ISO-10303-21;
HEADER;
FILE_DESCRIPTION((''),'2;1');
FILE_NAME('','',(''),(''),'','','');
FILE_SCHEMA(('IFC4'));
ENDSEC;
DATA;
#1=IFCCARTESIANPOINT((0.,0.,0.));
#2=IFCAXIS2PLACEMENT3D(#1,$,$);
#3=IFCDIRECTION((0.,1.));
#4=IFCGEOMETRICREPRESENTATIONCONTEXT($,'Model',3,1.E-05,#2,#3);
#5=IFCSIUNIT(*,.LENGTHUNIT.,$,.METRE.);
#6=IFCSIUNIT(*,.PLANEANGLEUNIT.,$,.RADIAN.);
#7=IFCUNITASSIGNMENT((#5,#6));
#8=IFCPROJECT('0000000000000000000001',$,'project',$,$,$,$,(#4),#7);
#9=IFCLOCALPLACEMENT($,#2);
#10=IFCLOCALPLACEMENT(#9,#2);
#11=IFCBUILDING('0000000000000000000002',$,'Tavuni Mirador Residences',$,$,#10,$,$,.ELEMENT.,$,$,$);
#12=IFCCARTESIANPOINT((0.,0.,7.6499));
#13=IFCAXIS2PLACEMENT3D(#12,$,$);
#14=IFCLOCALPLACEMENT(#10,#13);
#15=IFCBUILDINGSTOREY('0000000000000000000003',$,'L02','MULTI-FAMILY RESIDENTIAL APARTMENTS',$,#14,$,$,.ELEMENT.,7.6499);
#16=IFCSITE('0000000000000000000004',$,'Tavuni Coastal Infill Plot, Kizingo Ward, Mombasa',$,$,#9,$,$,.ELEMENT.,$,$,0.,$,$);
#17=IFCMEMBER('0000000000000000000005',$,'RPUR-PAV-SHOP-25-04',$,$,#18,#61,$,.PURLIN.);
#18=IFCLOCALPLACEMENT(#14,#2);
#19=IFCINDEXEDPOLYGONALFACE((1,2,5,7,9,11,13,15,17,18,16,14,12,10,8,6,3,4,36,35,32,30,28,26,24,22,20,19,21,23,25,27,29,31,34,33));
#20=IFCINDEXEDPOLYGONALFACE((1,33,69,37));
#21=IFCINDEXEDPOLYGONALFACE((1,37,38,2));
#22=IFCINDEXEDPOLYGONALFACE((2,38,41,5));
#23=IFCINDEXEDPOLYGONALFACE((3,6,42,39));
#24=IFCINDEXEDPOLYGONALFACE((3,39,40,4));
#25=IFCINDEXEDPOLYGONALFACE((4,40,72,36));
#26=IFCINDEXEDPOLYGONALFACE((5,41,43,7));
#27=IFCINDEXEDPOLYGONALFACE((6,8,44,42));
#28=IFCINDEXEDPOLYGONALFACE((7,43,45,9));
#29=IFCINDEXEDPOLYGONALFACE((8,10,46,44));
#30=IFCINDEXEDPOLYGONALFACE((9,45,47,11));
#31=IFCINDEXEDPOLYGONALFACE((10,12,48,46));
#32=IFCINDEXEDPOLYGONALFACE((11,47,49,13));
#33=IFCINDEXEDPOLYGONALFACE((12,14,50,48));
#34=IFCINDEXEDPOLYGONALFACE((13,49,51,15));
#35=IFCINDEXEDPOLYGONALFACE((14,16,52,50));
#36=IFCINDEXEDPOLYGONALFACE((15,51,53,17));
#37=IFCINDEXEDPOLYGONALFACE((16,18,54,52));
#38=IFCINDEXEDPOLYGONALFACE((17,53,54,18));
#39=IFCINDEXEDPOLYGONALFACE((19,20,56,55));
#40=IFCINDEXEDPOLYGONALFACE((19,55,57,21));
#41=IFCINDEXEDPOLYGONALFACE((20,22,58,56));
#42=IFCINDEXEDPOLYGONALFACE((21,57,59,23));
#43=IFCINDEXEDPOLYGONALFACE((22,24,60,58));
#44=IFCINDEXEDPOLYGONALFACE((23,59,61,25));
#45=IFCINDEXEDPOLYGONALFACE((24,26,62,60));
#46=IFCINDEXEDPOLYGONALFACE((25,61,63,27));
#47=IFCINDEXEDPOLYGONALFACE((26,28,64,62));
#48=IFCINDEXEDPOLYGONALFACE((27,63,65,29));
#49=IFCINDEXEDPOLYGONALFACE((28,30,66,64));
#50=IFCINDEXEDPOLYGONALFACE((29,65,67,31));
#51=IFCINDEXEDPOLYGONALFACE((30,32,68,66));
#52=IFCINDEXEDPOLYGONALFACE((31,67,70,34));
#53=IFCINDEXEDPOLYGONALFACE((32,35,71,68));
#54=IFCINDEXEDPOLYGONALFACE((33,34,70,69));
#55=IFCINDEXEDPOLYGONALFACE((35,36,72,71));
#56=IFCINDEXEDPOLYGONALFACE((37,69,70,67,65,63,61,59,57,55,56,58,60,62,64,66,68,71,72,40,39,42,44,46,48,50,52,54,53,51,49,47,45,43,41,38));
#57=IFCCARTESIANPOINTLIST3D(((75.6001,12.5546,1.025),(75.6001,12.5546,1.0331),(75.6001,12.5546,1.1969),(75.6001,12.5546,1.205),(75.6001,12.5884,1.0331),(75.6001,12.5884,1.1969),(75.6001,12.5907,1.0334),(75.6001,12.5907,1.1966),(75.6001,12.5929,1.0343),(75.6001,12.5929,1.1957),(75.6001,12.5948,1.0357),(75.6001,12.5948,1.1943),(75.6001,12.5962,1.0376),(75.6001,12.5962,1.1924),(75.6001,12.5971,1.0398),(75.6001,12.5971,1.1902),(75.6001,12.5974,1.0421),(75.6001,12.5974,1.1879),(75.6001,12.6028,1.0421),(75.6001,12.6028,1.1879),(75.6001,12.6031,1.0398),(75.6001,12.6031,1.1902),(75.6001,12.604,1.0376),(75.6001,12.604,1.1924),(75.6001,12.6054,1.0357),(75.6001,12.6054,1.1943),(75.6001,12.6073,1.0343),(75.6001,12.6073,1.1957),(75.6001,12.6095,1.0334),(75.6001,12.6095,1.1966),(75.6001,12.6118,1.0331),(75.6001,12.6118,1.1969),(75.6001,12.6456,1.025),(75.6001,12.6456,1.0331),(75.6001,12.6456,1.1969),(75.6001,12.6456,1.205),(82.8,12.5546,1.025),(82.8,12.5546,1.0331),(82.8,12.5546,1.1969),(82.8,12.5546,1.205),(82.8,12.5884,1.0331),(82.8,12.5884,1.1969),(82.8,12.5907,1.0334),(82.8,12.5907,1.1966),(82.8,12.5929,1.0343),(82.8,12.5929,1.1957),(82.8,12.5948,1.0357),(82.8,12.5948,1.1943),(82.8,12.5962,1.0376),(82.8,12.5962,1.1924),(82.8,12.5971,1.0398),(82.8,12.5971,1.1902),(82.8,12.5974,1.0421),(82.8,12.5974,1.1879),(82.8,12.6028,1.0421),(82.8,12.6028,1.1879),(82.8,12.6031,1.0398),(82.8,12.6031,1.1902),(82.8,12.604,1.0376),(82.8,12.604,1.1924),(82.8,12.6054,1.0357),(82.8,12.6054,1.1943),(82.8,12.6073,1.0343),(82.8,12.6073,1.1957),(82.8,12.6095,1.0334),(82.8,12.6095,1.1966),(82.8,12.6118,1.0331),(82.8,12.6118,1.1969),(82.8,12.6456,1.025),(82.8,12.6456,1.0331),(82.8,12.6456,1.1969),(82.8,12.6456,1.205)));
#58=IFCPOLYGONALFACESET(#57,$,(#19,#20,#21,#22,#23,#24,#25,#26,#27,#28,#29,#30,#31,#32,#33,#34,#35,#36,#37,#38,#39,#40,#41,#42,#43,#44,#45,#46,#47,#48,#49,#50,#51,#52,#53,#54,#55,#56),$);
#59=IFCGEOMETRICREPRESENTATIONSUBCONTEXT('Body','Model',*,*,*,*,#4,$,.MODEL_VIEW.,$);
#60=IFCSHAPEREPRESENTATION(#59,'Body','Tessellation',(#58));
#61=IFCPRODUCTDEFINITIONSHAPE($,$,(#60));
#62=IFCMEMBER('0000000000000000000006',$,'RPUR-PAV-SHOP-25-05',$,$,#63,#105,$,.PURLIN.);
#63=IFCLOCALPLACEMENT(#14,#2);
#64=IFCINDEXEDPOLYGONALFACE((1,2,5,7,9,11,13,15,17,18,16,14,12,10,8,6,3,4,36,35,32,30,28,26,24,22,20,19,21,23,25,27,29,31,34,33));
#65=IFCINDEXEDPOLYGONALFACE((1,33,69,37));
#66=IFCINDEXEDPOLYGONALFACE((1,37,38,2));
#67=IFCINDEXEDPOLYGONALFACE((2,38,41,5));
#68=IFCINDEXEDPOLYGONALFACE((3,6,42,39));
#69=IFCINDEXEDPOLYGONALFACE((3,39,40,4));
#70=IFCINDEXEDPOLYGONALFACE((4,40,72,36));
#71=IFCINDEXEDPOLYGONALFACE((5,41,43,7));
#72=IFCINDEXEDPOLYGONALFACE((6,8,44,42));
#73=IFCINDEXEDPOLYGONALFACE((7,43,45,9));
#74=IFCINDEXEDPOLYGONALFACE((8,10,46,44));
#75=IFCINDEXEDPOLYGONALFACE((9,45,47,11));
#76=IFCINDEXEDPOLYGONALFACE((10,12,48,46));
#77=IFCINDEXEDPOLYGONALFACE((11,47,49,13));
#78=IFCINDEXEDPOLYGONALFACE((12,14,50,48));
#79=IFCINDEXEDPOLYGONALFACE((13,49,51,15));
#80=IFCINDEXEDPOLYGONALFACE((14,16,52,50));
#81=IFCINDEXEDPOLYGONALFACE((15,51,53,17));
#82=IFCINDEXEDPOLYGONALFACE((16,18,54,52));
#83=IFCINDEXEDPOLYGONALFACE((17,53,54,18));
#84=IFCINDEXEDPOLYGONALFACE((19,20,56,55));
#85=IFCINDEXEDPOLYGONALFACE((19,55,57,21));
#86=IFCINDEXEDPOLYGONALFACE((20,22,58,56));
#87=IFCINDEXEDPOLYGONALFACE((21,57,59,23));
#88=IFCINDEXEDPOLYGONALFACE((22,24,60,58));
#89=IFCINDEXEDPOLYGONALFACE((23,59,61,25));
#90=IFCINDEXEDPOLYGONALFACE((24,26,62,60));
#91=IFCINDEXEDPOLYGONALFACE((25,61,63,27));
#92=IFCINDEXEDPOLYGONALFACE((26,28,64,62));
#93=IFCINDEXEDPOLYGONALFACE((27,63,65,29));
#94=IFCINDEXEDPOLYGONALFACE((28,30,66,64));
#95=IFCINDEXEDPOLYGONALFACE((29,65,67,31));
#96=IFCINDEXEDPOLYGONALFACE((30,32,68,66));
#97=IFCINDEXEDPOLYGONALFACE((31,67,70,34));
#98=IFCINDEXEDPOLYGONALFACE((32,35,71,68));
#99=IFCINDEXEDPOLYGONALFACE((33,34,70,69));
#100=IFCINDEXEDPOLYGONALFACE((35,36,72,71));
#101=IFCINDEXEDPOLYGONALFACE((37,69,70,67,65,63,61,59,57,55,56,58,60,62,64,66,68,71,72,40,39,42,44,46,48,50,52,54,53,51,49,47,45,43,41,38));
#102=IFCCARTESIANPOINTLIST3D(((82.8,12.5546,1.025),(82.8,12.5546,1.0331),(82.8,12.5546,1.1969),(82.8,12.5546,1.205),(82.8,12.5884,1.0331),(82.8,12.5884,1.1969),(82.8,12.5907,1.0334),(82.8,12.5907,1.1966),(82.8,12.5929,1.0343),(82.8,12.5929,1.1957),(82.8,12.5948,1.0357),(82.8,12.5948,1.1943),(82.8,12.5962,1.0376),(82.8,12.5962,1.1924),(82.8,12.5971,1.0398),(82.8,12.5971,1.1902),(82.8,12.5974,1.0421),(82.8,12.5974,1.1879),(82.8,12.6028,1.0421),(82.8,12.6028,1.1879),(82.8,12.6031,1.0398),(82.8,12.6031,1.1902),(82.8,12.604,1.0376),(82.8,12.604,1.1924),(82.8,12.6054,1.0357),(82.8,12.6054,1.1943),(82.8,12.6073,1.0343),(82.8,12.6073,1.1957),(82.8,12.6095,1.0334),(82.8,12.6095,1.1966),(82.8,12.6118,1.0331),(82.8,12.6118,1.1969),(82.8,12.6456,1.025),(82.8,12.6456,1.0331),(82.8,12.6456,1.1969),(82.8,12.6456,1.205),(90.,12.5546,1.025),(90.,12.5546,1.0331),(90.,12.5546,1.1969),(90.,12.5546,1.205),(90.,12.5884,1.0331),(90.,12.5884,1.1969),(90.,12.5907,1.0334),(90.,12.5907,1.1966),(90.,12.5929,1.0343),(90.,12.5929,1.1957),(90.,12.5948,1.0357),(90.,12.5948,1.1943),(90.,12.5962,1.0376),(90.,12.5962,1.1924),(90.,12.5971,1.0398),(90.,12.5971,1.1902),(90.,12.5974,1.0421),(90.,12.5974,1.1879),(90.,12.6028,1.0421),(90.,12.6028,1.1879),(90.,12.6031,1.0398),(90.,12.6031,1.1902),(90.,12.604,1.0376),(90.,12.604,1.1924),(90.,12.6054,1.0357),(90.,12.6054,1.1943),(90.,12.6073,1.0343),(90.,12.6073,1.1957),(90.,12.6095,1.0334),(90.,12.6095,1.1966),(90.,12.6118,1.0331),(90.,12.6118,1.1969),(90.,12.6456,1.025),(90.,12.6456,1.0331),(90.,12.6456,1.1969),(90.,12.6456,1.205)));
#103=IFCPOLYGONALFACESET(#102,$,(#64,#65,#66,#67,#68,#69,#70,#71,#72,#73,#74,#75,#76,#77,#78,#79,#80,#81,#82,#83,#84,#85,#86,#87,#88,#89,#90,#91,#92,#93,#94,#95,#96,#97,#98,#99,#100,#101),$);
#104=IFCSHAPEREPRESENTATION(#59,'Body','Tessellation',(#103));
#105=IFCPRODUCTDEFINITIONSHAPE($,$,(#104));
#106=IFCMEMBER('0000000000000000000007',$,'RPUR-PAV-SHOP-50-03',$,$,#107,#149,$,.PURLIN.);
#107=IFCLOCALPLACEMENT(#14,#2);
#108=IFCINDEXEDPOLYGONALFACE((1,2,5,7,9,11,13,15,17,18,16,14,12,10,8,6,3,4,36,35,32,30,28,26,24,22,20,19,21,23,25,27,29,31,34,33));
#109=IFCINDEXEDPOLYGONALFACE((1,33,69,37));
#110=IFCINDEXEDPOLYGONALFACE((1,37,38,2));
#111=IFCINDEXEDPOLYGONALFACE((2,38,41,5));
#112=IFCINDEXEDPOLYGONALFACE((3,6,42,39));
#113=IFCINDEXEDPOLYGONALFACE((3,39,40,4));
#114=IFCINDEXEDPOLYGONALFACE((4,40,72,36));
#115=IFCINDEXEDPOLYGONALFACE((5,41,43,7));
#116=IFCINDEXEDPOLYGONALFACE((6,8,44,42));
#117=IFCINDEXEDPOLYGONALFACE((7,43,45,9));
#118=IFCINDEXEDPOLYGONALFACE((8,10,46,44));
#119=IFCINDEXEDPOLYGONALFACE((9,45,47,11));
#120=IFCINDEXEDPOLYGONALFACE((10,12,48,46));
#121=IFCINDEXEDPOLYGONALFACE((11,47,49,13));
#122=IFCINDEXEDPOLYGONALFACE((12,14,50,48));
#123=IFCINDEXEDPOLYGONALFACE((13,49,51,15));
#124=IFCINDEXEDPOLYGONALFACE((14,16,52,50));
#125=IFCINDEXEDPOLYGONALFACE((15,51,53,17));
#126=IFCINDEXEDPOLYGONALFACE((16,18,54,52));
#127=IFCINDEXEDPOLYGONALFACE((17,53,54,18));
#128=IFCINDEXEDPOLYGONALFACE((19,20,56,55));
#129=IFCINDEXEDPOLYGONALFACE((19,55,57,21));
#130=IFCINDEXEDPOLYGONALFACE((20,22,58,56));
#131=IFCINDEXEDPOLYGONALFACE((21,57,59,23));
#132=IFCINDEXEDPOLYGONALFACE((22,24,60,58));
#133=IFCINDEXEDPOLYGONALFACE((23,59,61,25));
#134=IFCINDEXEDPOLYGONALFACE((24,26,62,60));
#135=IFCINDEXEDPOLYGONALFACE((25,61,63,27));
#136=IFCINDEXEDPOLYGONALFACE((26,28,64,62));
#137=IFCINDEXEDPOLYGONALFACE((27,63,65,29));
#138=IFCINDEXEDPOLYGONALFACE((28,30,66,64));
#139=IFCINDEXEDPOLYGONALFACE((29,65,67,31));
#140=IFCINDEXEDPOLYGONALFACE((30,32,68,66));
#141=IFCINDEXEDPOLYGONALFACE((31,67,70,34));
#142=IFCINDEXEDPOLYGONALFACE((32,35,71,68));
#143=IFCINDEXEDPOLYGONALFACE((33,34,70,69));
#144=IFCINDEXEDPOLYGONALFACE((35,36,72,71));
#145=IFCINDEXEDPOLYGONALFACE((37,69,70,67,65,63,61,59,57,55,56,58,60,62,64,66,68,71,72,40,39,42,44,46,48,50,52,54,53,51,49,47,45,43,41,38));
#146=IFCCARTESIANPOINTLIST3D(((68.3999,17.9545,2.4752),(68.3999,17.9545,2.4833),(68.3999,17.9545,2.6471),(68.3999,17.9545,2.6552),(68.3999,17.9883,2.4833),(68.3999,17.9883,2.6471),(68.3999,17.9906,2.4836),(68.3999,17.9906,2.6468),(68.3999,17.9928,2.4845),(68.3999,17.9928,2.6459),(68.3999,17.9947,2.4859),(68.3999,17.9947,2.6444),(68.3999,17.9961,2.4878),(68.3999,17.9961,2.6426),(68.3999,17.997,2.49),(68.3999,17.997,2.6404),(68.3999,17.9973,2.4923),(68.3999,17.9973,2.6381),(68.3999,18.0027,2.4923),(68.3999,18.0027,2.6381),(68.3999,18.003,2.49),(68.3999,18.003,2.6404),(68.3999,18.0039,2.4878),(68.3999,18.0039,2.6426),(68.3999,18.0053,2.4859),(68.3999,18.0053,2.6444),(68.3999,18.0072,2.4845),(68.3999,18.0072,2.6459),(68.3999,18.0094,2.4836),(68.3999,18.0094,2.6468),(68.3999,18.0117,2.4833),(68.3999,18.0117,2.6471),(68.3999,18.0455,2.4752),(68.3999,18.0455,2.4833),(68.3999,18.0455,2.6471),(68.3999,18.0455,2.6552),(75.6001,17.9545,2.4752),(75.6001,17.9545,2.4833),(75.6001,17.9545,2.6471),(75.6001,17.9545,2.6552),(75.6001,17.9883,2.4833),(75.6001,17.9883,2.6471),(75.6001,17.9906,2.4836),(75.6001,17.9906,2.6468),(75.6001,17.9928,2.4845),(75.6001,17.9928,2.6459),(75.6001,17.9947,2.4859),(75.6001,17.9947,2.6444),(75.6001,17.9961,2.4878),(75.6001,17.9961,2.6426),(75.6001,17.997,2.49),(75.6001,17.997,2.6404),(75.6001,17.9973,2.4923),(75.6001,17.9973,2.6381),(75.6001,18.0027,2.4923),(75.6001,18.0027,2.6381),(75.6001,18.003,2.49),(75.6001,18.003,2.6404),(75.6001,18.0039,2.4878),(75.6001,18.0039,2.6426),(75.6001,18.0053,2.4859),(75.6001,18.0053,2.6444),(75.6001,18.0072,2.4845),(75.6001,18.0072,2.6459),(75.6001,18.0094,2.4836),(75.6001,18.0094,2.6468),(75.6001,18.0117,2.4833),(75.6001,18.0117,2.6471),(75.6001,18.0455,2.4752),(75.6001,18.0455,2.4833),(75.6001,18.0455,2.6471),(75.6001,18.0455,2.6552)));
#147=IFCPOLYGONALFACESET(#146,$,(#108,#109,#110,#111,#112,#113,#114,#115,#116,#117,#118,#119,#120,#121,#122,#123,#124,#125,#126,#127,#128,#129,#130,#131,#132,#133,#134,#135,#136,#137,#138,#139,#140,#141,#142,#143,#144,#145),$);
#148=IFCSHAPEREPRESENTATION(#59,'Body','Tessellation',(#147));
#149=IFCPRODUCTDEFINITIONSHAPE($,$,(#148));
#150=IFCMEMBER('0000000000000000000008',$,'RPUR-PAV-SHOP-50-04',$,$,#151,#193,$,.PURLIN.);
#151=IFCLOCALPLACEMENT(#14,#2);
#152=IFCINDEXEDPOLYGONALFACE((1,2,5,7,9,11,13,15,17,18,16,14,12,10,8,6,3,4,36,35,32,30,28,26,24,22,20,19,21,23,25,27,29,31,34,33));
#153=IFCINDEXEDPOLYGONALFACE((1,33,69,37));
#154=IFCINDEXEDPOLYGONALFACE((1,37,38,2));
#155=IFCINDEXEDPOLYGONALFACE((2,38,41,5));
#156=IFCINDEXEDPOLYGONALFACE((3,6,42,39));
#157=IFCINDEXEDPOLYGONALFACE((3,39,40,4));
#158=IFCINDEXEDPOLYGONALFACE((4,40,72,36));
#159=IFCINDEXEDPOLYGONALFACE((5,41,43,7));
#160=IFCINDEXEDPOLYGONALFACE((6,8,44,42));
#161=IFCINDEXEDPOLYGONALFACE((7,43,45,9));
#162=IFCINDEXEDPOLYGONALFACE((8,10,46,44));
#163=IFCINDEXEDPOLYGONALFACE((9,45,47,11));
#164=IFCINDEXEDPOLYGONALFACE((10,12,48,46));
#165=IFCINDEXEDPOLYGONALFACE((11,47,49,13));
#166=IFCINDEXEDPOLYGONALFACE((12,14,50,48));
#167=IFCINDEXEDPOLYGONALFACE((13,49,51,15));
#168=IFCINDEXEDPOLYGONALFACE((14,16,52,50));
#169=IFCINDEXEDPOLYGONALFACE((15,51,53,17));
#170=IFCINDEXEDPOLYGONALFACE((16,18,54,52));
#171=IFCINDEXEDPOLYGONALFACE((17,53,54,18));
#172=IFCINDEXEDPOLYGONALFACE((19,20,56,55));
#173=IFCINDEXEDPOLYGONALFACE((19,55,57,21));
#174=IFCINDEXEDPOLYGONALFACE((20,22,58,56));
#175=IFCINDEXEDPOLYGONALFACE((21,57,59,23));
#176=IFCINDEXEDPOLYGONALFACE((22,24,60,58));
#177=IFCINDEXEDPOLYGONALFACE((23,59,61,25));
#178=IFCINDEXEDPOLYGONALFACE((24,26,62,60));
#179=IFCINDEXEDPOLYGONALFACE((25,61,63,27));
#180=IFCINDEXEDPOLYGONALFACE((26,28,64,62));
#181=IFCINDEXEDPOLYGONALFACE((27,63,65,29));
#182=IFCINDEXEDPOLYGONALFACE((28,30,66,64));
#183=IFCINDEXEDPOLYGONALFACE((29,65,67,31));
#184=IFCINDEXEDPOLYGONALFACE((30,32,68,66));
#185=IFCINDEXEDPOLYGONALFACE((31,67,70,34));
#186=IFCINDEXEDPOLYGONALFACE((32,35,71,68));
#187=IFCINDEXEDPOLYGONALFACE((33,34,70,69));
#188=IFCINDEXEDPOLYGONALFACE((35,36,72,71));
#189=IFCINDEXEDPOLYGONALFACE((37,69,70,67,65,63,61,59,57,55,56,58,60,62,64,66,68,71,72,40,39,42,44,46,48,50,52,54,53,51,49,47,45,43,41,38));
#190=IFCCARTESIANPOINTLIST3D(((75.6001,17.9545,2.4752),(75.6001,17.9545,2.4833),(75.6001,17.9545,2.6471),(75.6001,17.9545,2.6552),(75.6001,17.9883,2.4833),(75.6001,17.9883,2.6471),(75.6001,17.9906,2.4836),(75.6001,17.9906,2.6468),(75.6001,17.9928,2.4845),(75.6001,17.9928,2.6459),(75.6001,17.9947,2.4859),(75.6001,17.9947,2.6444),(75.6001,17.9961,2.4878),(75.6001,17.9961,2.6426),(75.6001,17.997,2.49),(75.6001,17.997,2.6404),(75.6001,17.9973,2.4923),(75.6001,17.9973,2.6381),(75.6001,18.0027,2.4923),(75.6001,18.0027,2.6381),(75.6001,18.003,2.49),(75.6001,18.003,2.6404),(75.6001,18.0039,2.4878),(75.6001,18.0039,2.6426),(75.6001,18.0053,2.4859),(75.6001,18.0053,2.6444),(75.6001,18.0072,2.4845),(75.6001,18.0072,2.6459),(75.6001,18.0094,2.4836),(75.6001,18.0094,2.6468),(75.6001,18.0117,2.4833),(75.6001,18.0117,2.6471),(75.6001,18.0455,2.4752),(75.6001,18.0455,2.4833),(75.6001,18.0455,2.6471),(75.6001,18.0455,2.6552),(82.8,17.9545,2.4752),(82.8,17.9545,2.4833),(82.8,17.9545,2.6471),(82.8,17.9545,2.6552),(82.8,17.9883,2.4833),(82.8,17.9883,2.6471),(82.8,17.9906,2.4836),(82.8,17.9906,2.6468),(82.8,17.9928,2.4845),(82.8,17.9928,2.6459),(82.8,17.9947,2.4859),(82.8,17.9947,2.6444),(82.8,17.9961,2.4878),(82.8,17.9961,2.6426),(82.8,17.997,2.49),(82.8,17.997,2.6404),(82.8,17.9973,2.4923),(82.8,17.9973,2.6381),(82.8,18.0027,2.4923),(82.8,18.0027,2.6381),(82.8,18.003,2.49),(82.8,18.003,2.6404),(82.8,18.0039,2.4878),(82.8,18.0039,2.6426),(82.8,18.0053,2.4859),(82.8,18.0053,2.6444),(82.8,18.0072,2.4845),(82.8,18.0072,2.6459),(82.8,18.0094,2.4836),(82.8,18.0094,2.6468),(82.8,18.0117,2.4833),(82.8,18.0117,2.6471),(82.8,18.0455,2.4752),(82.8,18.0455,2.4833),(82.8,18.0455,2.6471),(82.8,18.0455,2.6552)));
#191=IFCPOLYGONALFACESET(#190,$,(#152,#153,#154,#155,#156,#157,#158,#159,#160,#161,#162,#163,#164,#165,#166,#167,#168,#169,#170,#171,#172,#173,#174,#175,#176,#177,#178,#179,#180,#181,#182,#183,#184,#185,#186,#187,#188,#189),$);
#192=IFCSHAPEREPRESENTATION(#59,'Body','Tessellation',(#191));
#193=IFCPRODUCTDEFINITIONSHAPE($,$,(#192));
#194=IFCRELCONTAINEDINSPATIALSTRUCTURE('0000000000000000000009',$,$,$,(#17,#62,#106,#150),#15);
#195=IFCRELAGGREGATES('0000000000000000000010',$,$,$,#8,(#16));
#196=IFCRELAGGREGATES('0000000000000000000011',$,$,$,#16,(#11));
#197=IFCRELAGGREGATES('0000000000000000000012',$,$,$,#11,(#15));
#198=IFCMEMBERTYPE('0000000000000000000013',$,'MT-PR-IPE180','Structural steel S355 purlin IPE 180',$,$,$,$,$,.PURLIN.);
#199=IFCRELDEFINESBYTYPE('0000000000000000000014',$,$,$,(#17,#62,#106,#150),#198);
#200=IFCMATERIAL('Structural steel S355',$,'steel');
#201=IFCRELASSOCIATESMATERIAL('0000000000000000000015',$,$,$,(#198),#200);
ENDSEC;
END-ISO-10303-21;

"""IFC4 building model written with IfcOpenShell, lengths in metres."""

from ifc_helpers import new_model, si_unit, direction, frame, origin, origin_2d, place, context, subcontext, project, spatial, i_section, extrude, material, material_profile, profile_set, type_object, element, save


model = new_model("IFC4")

# Units and contexts
model_context = context("Model", 3, precision=1e-05, world=origin(), true_north=direction((0.0, 1.0)))
body_context = subcontext(model_context, "Body", "Model", "MODEL_VIEW")
ifc_project = project(units=[si_unit("LENGTHUNIT", "METRE"), si_unit("PLANEANGLEUNIT", "RADIAN")], contexts=[model_context])

# Site, building, storey
site_placement = place(None, origin())
site = spatial("IfcSite", under=ifc_project, at=site_placement, Name="Tavuni Coastal Infill Plot, Kizingo Ward, Mombasa", CompositionType="ELEMENT", RefElevation=0.0)
building_placement = place(site_placement, origin())
building = spatial("IfcBuilding", under=site, at=building_placement, Name="Tavuni Mirador Residences", CompositionType="ELEMENT")
storey_placement = place(building_placement, frame((0.0, 0.0, 7.6499)))
storey = spatial("IfcBuildingStorey", under=building, at=storey_placement, Name="L02", Description="MULTI-FAMILY RESIDENTIAL APARTMENTS", CompositionType="ELEMENT", Elevation=7.6499)

# Members
ifc_material_1 = material(Name="Structural steel S355", Category="steel")
ifc_material_profile_1 = material_profile(ifc_material_1, i_section(OverallWidth=0.0911, OverallDepth=0.1799, WebThickness=0.0054, FlangeThickness=0.0081, FilletRadius=0.009, at=origin_2d()), Name="IPE 180", Category="steel")
ifc_profile_set_1 = profile_set([ifc_material_profile_1], Name="Structural steel S355")
member_type_1 = type_object("IfcMemberType", Name="MT-PR-IPE180", Description="Structural steel S355 purlin IPE 180", PredefinedType="PURLIN", material=ifc_profile_set_1)
for number, where, z_axis, x_axis, name in (
    (1, (75.6001, 12.6001, 1.115), (1.0, 0.0, 0.0), (0.0, 1.0, 0.0), "RPUR-PAV-SHOP-25-04"),
    (2, (82.8, 12.6001, 1.115), (1.0, 0.0, 0.0), (0.0, 1.0, 0.0), "RPUR-PAV-SHOP-25-05"),
):
    element("IfcMember", number, at=place(storey_placement, frame(where, z_axis=z_axis, x_axis=x_axis)), inside=storey, type_object=member_type_1, Name=name, PredefinedType="PURLIN", context=body_context, shape_type="SweptSolid", body=[
        extrude(i_section(OverallWidth=0.0911, OverallDepth=0.1799, WebThickness=0.0054, FlangeThickness=0.0081, FilletRadius=0.009, at=origin_2d()), origin(), (0.0, 0.0, 1.0), 7.2),
    ])
member_1_placement = place(storey_placement, frame((68.3999, 18.0, 2.5652), z_axis=(1.0, 0.0, 0.0), x_axis=(0.0, 1.0, 0.0)))
element("IfcMember", 3, at=member_1_placement, inside=storey, type_object=member_type_1, Name="RPUR-PAV-SHOP-50-03", PredefinedType="PURLIN", context=body_context, shape_type="SweptSolid", body=[
    extrude(i_section(OverallWidth=0.0911, OverallDepth=0.1799, WebThickness=0.0054, FlangeThickness=0.0081, FilletRadius=0.009, at=origin_2d()), origin(), (0.0, 0.0, 1.0), 7.2002),
])
for number, where, z_axis, x_axis, name in (
    (4, (75.6001, 18.0, 2.5652), (1.0, 0.0, 0.0), (0.0, 1.0, 0.0), "RPUR-PAV-SHOP-50-04"),
):
    element("IfcMember", number, at=place(storey_placement, frame(where, z_axis=z_axis, x_axis=x_axis)), inside=storey, type_object=member_type_1, Name=name, PredefinedType="PURLIN", context=body_context, shape_type="SweptSolid", body=[
        extrude(i_section(OverallWidth=0.0911, OverallDepth=0.1799, WebThickness=0.0054, FlangeThickness=0.0081, FilletRadius=0.009, at=origin_2d()), origin(), (0.0, 0.0, 1.0), 7.2),
    ])

save(model, "model.ifc")
